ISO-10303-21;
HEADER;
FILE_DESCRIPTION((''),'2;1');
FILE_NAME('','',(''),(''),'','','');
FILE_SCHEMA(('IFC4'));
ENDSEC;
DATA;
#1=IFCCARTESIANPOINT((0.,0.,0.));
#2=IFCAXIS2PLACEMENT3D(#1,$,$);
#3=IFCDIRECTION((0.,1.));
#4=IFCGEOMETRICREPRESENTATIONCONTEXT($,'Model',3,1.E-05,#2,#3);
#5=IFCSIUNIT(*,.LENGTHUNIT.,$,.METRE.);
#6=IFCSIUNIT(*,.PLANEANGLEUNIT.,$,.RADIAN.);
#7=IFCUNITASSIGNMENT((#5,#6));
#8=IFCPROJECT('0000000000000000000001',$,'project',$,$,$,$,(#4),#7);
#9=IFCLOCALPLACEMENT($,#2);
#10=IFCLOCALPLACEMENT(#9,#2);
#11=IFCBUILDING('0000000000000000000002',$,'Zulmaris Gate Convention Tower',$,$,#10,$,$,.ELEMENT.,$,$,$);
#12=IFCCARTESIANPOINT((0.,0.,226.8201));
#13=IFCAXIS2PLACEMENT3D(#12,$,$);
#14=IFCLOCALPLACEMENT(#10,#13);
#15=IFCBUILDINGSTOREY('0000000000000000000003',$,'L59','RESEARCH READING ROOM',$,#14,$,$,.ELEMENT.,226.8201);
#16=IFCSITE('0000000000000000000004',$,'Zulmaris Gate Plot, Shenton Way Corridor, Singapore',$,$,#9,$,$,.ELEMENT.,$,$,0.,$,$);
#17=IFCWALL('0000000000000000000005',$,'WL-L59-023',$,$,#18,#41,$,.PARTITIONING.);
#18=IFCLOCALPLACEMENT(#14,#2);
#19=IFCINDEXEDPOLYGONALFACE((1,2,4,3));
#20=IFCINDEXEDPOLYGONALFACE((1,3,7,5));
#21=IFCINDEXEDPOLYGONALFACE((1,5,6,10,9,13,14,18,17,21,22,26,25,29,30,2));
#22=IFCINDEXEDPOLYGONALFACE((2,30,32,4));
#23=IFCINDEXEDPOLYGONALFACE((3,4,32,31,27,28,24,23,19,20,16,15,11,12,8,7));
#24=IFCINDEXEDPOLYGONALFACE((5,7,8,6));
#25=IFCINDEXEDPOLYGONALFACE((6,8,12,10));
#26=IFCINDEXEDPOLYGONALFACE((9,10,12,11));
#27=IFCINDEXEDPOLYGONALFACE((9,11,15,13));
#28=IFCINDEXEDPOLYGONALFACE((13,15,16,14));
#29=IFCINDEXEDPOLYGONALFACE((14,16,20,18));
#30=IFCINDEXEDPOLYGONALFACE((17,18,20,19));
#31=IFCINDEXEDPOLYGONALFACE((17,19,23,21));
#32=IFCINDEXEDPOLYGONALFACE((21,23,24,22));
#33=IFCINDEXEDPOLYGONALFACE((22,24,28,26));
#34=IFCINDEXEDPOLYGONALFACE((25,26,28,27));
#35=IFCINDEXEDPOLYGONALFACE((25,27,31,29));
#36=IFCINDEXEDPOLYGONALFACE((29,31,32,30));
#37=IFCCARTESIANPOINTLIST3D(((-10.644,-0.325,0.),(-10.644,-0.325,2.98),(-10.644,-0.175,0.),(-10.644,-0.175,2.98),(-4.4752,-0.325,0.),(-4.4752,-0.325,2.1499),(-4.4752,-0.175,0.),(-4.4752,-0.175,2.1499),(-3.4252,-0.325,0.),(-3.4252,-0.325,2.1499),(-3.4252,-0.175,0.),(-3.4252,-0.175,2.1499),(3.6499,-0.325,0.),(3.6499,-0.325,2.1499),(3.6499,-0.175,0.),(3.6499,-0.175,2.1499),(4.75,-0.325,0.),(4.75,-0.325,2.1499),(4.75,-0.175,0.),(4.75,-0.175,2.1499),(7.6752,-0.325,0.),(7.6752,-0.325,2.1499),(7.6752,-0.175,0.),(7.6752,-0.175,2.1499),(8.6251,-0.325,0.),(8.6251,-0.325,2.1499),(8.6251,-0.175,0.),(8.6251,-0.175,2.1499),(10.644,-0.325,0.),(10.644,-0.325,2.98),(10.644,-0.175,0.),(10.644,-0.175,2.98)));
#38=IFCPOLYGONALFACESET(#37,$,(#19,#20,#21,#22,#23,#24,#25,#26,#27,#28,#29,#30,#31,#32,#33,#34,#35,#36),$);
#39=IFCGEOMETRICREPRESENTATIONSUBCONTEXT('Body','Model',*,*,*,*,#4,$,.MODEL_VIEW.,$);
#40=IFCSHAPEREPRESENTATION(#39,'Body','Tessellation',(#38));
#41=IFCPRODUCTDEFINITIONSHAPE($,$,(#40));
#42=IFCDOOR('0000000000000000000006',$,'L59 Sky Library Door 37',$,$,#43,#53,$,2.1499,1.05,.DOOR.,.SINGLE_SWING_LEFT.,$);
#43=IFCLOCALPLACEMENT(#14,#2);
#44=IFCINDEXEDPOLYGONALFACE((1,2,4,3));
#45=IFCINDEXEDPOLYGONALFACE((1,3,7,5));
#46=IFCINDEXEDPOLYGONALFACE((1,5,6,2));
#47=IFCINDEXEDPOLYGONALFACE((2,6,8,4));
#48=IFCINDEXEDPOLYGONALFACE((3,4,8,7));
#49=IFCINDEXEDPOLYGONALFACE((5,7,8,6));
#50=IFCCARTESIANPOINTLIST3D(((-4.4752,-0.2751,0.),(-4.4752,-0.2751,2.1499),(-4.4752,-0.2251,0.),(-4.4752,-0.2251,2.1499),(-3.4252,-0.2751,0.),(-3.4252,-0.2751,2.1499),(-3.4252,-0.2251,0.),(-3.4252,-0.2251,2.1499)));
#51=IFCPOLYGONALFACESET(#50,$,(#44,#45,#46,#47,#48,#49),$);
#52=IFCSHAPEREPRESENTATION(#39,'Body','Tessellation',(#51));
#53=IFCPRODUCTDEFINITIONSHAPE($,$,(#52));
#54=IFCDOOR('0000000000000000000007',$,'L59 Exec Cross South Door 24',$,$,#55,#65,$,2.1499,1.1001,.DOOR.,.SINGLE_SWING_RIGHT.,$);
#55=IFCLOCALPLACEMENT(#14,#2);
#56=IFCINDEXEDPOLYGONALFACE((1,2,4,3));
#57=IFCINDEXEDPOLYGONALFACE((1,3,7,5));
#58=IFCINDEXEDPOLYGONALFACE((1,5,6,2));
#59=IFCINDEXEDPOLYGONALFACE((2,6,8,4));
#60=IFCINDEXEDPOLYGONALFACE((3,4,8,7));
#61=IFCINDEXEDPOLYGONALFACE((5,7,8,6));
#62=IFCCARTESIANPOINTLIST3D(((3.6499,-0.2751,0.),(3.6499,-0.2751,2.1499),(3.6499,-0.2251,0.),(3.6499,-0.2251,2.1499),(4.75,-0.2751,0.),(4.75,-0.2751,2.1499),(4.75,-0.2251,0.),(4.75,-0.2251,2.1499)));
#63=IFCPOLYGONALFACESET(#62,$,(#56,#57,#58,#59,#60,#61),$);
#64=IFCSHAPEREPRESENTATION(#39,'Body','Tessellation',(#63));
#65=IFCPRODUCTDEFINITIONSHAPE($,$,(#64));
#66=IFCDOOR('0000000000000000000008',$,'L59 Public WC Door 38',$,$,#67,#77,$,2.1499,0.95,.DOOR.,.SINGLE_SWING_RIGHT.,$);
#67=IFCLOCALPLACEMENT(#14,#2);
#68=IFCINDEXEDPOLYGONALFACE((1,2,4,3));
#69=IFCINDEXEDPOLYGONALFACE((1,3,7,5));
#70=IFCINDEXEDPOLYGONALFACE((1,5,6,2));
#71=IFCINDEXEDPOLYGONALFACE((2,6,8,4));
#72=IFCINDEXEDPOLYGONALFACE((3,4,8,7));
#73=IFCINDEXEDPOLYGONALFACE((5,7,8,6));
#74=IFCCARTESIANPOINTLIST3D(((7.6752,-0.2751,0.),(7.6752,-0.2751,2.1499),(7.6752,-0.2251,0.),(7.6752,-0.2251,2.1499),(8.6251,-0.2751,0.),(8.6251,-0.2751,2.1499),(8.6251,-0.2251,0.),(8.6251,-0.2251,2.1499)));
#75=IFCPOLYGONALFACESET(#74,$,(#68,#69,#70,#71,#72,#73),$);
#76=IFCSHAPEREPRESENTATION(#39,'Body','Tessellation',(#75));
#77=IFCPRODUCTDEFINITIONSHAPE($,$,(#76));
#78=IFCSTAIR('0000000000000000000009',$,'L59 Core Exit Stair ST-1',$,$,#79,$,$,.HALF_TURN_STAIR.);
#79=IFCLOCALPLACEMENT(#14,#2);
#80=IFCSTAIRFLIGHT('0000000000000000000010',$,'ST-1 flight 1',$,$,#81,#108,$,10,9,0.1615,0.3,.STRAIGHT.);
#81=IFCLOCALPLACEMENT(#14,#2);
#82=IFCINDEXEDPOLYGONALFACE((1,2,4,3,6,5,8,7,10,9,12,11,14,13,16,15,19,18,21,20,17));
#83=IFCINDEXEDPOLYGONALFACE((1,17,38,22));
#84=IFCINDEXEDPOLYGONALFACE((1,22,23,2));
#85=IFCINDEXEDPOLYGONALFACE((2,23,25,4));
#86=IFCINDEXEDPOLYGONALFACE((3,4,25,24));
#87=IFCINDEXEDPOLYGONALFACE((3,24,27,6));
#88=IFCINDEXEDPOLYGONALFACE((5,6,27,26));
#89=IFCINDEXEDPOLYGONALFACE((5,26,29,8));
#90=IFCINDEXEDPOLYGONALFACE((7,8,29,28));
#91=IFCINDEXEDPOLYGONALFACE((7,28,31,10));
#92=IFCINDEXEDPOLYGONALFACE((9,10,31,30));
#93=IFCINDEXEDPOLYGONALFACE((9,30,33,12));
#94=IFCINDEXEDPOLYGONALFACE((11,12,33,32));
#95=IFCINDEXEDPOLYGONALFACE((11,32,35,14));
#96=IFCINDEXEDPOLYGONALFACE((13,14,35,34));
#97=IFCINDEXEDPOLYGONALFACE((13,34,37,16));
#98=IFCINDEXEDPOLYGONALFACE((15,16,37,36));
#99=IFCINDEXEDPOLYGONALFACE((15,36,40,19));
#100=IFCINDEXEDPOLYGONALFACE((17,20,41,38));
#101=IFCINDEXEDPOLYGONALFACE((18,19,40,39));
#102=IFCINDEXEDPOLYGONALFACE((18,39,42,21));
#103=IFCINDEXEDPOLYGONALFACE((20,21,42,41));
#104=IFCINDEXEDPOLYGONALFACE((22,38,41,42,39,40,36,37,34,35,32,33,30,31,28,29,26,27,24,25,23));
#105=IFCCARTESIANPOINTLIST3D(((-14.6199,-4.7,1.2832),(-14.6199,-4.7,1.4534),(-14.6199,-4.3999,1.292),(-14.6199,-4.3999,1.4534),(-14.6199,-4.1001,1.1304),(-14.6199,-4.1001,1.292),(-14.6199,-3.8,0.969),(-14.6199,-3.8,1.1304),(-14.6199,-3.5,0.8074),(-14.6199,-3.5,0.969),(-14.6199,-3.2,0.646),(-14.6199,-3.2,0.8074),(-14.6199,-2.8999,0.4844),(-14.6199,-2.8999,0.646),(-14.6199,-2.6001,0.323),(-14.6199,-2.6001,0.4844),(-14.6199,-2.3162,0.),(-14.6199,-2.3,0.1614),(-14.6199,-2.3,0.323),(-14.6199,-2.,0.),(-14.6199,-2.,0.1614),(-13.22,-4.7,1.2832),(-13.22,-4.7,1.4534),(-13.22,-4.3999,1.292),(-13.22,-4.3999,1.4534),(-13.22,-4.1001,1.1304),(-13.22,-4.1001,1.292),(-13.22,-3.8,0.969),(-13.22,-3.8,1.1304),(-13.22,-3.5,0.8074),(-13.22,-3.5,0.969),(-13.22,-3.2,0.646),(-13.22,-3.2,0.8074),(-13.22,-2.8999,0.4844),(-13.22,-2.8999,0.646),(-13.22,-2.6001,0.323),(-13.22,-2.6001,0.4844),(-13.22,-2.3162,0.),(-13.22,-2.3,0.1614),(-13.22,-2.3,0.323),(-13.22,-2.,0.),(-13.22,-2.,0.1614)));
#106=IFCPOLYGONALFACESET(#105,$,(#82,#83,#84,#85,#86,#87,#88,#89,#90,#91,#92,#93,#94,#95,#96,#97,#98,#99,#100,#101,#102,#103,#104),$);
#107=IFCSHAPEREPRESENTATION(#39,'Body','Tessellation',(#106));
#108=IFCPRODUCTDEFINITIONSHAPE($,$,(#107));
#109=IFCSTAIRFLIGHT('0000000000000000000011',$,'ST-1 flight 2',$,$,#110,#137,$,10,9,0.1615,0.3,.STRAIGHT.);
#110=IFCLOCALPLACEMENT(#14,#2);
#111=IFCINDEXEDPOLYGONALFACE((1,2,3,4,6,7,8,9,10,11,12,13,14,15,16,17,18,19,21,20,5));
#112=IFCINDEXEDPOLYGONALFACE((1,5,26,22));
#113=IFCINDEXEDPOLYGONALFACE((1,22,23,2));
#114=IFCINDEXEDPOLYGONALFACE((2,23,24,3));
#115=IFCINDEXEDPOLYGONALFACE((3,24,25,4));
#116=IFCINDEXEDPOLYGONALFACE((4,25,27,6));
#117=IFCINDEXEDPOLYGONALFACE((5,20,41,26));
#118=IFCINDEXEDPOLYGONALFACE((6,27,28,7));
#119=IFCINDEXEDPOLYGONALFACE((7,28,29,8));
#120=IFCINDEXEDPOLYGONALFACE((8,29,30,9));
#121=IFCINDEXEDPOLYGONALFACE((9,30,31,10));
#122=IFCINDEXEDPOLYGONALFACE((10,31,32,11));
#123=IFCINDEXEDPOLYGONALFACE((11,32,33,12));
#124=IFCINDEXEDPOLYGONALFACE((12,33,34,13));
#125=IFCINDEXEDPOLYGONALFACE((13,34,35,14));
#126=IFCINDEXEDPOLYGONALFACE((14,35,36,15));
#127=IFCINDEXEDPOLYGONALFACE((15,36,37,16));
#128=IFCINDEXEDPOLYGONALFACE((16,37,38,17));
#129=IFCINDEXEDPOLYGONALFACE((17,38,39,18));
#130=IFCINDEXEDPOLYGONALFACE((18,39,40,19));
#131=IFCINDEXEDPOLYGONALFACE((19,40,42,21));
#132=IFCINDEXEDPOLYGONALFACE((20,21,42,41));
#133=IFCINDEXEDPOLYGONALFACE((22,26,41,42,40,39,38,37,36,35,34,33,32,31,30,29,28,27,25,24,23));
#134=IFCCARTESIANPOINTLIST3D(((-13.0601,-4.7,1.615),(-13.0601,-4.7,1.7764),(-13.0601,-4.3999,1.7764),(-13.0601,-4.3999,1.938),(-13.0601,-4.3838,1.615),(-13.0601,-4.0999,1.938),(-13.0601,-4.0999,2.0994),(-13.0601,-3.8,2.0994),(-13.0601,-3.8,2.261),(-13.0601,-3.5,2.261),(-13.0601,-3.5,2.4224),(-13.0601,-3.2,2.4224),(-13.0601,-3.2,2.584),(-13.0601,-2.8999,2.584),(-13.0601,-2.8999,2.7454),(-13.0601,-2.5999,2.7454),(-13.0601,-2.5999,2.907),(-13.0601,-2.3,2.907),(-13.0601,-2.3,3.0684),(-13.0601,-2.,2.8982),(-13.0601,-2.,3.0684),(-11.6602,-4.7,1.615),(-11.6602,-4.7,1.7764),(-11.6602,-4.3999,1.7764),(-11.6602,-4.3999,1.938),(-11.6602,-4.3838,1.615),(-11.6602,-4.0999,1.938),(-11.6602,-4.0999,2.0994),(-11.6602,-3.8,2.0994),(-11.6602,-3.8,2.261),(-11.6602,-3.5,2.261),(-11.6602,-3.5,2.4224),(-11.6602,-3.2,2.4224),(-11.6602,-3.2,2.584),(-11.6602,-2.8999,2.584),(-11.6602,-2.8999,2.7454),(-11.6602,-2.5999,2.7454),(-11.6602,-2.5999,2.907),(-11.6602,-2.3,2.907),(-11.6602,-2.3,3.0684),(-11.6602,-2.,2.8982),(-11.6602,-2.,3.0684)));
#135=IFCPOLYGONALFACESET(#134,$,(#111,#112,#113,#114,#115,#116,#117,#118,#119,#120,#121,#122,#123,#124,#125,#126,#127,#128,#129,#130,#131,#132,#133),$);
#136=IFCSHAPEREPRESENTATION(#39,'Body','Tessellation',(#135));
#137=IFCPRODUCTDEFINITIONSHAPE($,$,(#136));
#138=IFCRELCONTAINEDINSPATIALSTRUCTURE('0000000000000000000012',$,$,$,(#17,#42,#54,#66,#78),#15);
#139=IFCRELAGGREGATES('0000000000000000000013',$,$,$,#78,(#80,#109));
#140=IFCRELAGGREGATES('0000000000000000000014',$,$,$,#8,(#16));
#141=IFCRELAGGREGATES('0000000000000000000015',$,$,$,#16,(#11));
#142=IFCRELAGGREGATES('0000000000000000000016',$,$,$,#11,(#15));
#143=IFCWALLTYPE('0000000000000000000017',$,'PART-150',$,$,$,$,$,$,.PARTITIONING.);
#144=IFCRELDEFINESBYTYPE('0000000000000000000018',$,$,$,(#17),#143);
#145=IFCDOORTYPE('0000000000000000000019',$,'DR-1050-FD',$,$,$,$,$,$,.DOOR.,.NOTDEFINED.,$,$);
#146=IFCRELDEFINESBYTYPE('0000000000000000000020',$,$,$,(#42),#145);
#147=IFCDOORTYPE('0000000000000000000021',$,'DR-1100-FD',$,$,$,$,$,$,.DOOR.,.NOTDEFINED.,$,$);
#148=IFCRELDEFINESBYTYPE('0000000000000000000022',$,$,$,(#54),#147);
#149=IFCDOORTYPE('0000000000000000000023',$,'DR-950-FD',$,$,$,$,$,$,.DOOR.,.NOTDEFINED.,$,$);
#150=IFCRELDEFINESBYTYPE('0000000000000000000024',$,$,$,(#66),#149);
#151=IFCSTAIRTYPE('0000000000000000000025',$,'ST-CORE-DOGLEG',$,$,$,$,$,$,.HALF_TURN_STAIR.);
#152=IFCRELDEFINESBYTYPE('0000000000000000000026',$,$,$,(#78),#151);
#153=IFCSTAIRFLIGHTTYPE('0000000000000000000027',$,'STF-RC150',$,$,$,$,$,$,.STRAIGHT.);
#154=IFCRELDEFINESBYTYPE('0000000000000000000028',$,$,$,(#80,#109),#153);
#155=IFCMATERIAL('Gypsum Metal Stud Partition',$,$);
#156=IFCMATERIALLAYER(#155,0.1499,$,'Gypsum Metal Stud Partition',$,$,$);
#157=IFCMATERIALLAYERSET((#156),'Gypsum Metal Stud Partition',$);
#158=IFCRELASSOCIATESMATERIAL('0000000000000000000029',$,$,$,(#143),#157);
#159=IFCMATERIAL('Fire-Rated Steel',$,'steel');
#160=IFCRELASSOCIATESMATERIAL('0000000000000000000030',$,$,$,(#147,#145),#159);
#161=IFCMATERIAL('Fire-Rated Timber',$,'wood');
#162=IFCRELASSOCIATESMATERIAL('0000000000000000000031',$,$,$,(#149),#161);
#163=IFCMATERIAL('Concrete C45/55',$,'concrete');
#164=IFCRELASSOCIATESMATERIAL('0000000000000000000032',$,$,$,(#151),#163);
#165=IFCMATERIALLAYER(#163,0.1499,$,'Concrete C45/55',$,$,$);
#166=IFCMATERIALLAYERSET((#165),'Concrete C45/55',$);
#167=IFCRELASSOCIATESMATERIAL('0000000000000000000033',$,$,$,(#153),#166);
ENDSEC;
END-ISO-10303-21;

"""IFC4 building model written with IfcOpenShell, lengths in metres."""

from ifc_helpers import new_model, si_unit, direction, frame, frame_2d, origin, place, context, subcontext, project, spatial, polyline, rectangle, outline, extrude, material, layer, layer_set, type_object, element, fill, aggregate, save


model = new_model("IFC4")

# Units and contexts
model_context = context("Model", 3, precision=1e-05, world=origin(), true_north=direction((0.0, 1.0)))
body_context = subcontext(model_context, "Body", "Model", "MODEL_VIEW")
ifc_project = project(units=[si_unit("LENGTHUNIT", "METRE"), si_unit("PLANEANGLEUNIT", "RADIAN")], contexts=[model_context])

# Site, building, storey
site_placement = place(None, origin())
site = spatial("IfcSite", under=ifc_project, at=site_placement, Name="Zulmaris Gate Plot, Shenton Way Corridor, Singapore", CompositionType="ELEMENT", RefElevation=0.0)
building_placement = place(site_placement, origin())
building = spatial("IfcBuilding", under=site, at=building_placement, Name="Zulmaris Gate Convention Tower", CompositionType="ELEMENT")
storey_placement = place(building_placement, frame((0.0, 0.0, 226.8201)))
storey = spatial("IfcBuildingStorey", under=building, at=storey_placement, Name="L59", Description="RESEARCH READING ROOM", CompositionType="ELEMENT", Elevation=226.8201)

# Wall, openings, doors
ifc_material_1 = material(Name="Gypsum Metal Stud Partition")
ifc_layer_1 = layer(ifc_material_1, 0.1499, Name="Gypsum Metal Stud Partition")
ifc_layer_set_1 = layer_set([ifc_layer_1], Name="Gypsum Metal Stud Partition")
wall_type_1 = type_object("IfcWallType", Name="PART-150", PredefinedType="PARTITIONING", material=ifc_layer_set_1)
ifc_material_2 = material(Name="Fire-Rated Steel", Category="steel")
door_type_1 = type_object("IfcDoorType", Name="DR-1100-FD", OperationType="NOTDEFINED", PredefinedType="DOOR", material=ifc_material_2)
ifc_material_3 = material(Name="Fire-Rated Timber", Category="wood")
door_type_2 = type_object("IfcDoorType", Name="DR-950-FD", OperationType="NOTDEFINED", PredefinedType="DOOR", material=ifc_material_3)
wall_1_placement = place(storey_placement, frame((-10.644, -0.25, 0.0), z_axis=(0.0, 0.0, 1.0), x_axis=(1.0, 0.0, 0.0)))
wall_1 = element("IfcWall", 1, at=wall_1_placement, inside=storey, type_object=wall_type_1, Name="WL-L59-023", PredefinedType="PARTITIONING", context=body_context, shape_type="SweptSolid", body=[
    extrude(rectangle(XDim=21.2881, YDim=0.1499, at=frame_2d((10.644, 0.0))), origin(), (0.0, 0.0, 1.0), 2.98),
])
opening_1_placement = place(wall_1_placement, frame((14.2939, 0.0, 0.0)))
opening_1 = element("IfcOpeningElement", 2, at=opening_1_placement, cuts=wall_1, PredefinedType="OPENING", context=body_context, shape_type="SweptSolid", body=[
    extrude(rectangle(XDim=1.1001, YDim=2.1499, at=frame_2d((0.55, 1.075))), frame((0.0, 0.085, 0.0), z_axis=(0.0, -1.0, 0.0), x_axis=(1.0, 0.0, 0.0)), (0.0, 0.0, 1.0), 0.1699),
])
opening_2_placement = place(wall_1_placement, frame((6.1689, 0.0, 0.0)))
opening_2 = element("IfcOpeningElement", 3, at=opening_2_placement, cuts=wall_1, PredefinedType="OPENING", context=body_context, shape_type="SweptSolid", body=[
    extrude(rectangle(XDim=1.05, YDim=2.1499, at=frame_2d((0.5249, 1.075))), frame((0.0, 0.085, 0.0), z_axis=(0.0, -1.0, 0.0), x_axis=(1.0, 0.0, 0.0)), (0.0, 0.0, 1.0), 0.1699),
])
opening_3_placement = place(wall_1_placement, frame((18.3191, 0.0, 0.0)))
opening_3 = element("IfcOpeningElement", 4, at=opening_3_placement, cuts=wall_1, PredefinedType="OPENING", context=body_context, shape_type="SweptSolid", body=[
    extrude(rectangle(XDim=0.95, YDim=2.1499, at=frame_2d((0.4751, 1.075))), frame((0.0, 0.085, 0.0), z_axis=(0.0, -1.0, 0.0), x_axis=(1.0, 0.0, 0.0)), (0.0, 0.0, 1.0), 0.1699),
])
door_type_3 = type_object("IfcDoorType", Name="DR-1050-FD", OperationType="NOTDEFINED", PredefinedType="DOOR", material=ifc_material_2)
door_1_placement = place(opening_2_placement, origin())
door_1 = element("IfcDoor", 5, at=door_1_placement, inside=storey, type_object=door_type_3, Name="L59 Sky Library Door 37", OperationType="SINGLE_SWING_LEFT", OverallHeight=2.1499, OverallWidth=1.05, PredefinedType="DOOR", context=body_context, shape_type="SweptSolid", body=[
    extrude(rectangle(XDim=1.05, YDim=2.1499, at=frame_2d((0.5249, 1.075))), frame((0.0, 0.0249, 0.0), z_axis=(0.0, -1.0, 0.0), x_axis=(1.0, 0.0, 0.0)), (0.0, 0.0, 1.0), 0.05),
])
fill(opening_2, door_1)
door_2_placement = place(opening_1_placement, origin())
door_2 = element("IfcDoor", 6, at=door_2_placement, inside=storey, type_object=door_type_1, Name="L59 Exec Cross South Door 24", OperationType="SINGLE_SWING_RIGHT", OverallHeight=2.1499, OverallWidth=1.1001, PredefinedType="DOOR", context=body_context, shape_type="SweptSolid", body=[
    extrude(rectangle(XDim=1.1001, YDim=2.1499, at=frame_2d((0.55, 1.075))), frame((0.0, 0.0249, 0.0), z_axis=(0.0, -1.0, 0.0), x_axis=(1.0, 0.0, 0.0)), (0.0, 0.0, 1.0), 0.05),
])
fill(opening_1, door_2)
door_3_placement = place(opening_3_placement, origin())
door_3 = element("IfcDoor", 7, at=door_3_placement, inside=storey, type_object=door_type_2, Name="L59 Public WC Door 38", OperationType="SINGLE_SWING_RIGHT", OverallHeight=2.1499, OverallWidth=0.95, PredefinedType="DOOR", context=body_context, shape_type="SweptSolid", body=[
    extrude(rectangle(XDim=0.95, YDim=2.1499, at=frame_2d((0.4751, 1.075))), frame((0.0, 0.0249, 0.0), z_axis=(0.0, -1.0, 0.0), x_axis=(1.0, 0.0, 0.0)), (0.0, 0.0, 1.0), 0.05),
])
fill(opening_3, door_3)

# Stair, stair flights
ifc_material_4 = material(Name="Concrete C45/55", Category="concrete")
stair_type = type_object("IfcStairType", Name="ST-CORE-DOGLEG", PredefinedType="HALF_TURN_STAIR", material=ifc_material_4)
stair_placement = place(storey_placement, origin())
stair = element("IfcStair", 8, at=stair_placement, inside=storey, type_object=stair_type, Name="L59 Core Exit Stair ST-1", PredefinedType="HALF_TURN_STAIR")
ifc_layer_2 = layer(ifc_material_4, 0.1499, Name="Concrete C45/55")
ifc_layer_set_2 = layer_set([ifc_layer_2], Name="Concrete C45/55")
stair_flight_type = type_object("IfcStairFlightType", Name="STF-RC150", PredefinedType="STRAIGHT", material=ifc_layer_set_2)
stair_flight_1_placement = place(storey_placement, frame((-13.9199, -2.0, 0.0), z_axis=(0.0, 0.0, 1.0), x_axis=(0.0, -1.0, 0.0)))
stair_flight_1 = element("IfcStairFlight", 9, at=stair_flight_1_placement, type_object=stair_flight_type, Name="ST-1 flight 1", NumberOfRisers=10, NumberOfTreads=9, PredefinedType="STRAIGHT", RiserHeight=0.1615, TreadLength=0.3, context=body_context, shape_type="SweptSolid", body=[
    extrude(outline(polyline([(0.0, 0.0), (0.0, 0.1614), (0.3, 0.1614), (0.3, 0.323), (0.6001, 0.323), (0.6001, 0.4844), (0.8999, 0.4844), (0.8999, 0.646), (1.2, 0.646), (1.2, 0.8074), (1.5, 0.8074), (1.5, 0.969), (1.8, 0.969), (1.8, 1.1304), (2.1001, 1.1304), (2.1001, 1.292), (2.3999, 1.292), (2.3999, 1.4534), (2.7, 1.4534), (2.7, 1.615), (2.7, 1.2832), (0.3162, 0.0), (0.0, 0.0)])), frame((0.0, 0.7, 0.0), z_axis=(0.0, -1.0, 0.0), x_axis=(1.0, 0.0, 0.0)), (0.0, 0.0, 1.0), 1.3999),
])
stair_flight_2_placement = place(storey_placement, frame((-12.3601, -4.7, 1.615), z_axis=(0.0, 0.0, 1.0), x_axis=(0.0, 1.0, 0.0)))
stair_flight_2 = element("IfcStairFlight", 10, at=stair_flight_2_placement, type_object=stair_flight_type, Name="ST-1 flight 2", NumberOfRisers=10, NumberOfTreads=9, PredefinedType="STRAIGHT", RiserHeight=0.1615, TreadLength=0.3, context=body_context, shape_type="SweptSolid", body=[
    extrude(outline(polyline([(0.0, 0.0), (0.0, 0.1614), (0.3, 0.1614), (0.3, 0.323), (0.6001, 0.323), (0.6001, 0.4844), (0.8999, 0.4844), (0.8999, 0.646), (1.2, 0.646), (1.2, 0.8074), (1.5, 0.8074), (1.5, 0.969), (1.8, 0.969), (1.8, 1.1304), (2.1001, 1.1304), (2.1001, 1.292), (2.3999, 1.292), (2.3999, 1.4534), (2.7, 1.4534), (2.7, 1.615), (2.7, 1.2832), (0.3162, 0.0), (0.0, 0.0)])), frame((0.0, 0.7, 0.0), z_axis=(0.0, -1.0, 0.0), x_axis=(1.0, 0.0, 0.0)), (0.0, 0.0, 1.0), 1.3999),
])
aggregate(stair, [stair_flight_1, stair_flight_2])

save(model, "model.ifc")
